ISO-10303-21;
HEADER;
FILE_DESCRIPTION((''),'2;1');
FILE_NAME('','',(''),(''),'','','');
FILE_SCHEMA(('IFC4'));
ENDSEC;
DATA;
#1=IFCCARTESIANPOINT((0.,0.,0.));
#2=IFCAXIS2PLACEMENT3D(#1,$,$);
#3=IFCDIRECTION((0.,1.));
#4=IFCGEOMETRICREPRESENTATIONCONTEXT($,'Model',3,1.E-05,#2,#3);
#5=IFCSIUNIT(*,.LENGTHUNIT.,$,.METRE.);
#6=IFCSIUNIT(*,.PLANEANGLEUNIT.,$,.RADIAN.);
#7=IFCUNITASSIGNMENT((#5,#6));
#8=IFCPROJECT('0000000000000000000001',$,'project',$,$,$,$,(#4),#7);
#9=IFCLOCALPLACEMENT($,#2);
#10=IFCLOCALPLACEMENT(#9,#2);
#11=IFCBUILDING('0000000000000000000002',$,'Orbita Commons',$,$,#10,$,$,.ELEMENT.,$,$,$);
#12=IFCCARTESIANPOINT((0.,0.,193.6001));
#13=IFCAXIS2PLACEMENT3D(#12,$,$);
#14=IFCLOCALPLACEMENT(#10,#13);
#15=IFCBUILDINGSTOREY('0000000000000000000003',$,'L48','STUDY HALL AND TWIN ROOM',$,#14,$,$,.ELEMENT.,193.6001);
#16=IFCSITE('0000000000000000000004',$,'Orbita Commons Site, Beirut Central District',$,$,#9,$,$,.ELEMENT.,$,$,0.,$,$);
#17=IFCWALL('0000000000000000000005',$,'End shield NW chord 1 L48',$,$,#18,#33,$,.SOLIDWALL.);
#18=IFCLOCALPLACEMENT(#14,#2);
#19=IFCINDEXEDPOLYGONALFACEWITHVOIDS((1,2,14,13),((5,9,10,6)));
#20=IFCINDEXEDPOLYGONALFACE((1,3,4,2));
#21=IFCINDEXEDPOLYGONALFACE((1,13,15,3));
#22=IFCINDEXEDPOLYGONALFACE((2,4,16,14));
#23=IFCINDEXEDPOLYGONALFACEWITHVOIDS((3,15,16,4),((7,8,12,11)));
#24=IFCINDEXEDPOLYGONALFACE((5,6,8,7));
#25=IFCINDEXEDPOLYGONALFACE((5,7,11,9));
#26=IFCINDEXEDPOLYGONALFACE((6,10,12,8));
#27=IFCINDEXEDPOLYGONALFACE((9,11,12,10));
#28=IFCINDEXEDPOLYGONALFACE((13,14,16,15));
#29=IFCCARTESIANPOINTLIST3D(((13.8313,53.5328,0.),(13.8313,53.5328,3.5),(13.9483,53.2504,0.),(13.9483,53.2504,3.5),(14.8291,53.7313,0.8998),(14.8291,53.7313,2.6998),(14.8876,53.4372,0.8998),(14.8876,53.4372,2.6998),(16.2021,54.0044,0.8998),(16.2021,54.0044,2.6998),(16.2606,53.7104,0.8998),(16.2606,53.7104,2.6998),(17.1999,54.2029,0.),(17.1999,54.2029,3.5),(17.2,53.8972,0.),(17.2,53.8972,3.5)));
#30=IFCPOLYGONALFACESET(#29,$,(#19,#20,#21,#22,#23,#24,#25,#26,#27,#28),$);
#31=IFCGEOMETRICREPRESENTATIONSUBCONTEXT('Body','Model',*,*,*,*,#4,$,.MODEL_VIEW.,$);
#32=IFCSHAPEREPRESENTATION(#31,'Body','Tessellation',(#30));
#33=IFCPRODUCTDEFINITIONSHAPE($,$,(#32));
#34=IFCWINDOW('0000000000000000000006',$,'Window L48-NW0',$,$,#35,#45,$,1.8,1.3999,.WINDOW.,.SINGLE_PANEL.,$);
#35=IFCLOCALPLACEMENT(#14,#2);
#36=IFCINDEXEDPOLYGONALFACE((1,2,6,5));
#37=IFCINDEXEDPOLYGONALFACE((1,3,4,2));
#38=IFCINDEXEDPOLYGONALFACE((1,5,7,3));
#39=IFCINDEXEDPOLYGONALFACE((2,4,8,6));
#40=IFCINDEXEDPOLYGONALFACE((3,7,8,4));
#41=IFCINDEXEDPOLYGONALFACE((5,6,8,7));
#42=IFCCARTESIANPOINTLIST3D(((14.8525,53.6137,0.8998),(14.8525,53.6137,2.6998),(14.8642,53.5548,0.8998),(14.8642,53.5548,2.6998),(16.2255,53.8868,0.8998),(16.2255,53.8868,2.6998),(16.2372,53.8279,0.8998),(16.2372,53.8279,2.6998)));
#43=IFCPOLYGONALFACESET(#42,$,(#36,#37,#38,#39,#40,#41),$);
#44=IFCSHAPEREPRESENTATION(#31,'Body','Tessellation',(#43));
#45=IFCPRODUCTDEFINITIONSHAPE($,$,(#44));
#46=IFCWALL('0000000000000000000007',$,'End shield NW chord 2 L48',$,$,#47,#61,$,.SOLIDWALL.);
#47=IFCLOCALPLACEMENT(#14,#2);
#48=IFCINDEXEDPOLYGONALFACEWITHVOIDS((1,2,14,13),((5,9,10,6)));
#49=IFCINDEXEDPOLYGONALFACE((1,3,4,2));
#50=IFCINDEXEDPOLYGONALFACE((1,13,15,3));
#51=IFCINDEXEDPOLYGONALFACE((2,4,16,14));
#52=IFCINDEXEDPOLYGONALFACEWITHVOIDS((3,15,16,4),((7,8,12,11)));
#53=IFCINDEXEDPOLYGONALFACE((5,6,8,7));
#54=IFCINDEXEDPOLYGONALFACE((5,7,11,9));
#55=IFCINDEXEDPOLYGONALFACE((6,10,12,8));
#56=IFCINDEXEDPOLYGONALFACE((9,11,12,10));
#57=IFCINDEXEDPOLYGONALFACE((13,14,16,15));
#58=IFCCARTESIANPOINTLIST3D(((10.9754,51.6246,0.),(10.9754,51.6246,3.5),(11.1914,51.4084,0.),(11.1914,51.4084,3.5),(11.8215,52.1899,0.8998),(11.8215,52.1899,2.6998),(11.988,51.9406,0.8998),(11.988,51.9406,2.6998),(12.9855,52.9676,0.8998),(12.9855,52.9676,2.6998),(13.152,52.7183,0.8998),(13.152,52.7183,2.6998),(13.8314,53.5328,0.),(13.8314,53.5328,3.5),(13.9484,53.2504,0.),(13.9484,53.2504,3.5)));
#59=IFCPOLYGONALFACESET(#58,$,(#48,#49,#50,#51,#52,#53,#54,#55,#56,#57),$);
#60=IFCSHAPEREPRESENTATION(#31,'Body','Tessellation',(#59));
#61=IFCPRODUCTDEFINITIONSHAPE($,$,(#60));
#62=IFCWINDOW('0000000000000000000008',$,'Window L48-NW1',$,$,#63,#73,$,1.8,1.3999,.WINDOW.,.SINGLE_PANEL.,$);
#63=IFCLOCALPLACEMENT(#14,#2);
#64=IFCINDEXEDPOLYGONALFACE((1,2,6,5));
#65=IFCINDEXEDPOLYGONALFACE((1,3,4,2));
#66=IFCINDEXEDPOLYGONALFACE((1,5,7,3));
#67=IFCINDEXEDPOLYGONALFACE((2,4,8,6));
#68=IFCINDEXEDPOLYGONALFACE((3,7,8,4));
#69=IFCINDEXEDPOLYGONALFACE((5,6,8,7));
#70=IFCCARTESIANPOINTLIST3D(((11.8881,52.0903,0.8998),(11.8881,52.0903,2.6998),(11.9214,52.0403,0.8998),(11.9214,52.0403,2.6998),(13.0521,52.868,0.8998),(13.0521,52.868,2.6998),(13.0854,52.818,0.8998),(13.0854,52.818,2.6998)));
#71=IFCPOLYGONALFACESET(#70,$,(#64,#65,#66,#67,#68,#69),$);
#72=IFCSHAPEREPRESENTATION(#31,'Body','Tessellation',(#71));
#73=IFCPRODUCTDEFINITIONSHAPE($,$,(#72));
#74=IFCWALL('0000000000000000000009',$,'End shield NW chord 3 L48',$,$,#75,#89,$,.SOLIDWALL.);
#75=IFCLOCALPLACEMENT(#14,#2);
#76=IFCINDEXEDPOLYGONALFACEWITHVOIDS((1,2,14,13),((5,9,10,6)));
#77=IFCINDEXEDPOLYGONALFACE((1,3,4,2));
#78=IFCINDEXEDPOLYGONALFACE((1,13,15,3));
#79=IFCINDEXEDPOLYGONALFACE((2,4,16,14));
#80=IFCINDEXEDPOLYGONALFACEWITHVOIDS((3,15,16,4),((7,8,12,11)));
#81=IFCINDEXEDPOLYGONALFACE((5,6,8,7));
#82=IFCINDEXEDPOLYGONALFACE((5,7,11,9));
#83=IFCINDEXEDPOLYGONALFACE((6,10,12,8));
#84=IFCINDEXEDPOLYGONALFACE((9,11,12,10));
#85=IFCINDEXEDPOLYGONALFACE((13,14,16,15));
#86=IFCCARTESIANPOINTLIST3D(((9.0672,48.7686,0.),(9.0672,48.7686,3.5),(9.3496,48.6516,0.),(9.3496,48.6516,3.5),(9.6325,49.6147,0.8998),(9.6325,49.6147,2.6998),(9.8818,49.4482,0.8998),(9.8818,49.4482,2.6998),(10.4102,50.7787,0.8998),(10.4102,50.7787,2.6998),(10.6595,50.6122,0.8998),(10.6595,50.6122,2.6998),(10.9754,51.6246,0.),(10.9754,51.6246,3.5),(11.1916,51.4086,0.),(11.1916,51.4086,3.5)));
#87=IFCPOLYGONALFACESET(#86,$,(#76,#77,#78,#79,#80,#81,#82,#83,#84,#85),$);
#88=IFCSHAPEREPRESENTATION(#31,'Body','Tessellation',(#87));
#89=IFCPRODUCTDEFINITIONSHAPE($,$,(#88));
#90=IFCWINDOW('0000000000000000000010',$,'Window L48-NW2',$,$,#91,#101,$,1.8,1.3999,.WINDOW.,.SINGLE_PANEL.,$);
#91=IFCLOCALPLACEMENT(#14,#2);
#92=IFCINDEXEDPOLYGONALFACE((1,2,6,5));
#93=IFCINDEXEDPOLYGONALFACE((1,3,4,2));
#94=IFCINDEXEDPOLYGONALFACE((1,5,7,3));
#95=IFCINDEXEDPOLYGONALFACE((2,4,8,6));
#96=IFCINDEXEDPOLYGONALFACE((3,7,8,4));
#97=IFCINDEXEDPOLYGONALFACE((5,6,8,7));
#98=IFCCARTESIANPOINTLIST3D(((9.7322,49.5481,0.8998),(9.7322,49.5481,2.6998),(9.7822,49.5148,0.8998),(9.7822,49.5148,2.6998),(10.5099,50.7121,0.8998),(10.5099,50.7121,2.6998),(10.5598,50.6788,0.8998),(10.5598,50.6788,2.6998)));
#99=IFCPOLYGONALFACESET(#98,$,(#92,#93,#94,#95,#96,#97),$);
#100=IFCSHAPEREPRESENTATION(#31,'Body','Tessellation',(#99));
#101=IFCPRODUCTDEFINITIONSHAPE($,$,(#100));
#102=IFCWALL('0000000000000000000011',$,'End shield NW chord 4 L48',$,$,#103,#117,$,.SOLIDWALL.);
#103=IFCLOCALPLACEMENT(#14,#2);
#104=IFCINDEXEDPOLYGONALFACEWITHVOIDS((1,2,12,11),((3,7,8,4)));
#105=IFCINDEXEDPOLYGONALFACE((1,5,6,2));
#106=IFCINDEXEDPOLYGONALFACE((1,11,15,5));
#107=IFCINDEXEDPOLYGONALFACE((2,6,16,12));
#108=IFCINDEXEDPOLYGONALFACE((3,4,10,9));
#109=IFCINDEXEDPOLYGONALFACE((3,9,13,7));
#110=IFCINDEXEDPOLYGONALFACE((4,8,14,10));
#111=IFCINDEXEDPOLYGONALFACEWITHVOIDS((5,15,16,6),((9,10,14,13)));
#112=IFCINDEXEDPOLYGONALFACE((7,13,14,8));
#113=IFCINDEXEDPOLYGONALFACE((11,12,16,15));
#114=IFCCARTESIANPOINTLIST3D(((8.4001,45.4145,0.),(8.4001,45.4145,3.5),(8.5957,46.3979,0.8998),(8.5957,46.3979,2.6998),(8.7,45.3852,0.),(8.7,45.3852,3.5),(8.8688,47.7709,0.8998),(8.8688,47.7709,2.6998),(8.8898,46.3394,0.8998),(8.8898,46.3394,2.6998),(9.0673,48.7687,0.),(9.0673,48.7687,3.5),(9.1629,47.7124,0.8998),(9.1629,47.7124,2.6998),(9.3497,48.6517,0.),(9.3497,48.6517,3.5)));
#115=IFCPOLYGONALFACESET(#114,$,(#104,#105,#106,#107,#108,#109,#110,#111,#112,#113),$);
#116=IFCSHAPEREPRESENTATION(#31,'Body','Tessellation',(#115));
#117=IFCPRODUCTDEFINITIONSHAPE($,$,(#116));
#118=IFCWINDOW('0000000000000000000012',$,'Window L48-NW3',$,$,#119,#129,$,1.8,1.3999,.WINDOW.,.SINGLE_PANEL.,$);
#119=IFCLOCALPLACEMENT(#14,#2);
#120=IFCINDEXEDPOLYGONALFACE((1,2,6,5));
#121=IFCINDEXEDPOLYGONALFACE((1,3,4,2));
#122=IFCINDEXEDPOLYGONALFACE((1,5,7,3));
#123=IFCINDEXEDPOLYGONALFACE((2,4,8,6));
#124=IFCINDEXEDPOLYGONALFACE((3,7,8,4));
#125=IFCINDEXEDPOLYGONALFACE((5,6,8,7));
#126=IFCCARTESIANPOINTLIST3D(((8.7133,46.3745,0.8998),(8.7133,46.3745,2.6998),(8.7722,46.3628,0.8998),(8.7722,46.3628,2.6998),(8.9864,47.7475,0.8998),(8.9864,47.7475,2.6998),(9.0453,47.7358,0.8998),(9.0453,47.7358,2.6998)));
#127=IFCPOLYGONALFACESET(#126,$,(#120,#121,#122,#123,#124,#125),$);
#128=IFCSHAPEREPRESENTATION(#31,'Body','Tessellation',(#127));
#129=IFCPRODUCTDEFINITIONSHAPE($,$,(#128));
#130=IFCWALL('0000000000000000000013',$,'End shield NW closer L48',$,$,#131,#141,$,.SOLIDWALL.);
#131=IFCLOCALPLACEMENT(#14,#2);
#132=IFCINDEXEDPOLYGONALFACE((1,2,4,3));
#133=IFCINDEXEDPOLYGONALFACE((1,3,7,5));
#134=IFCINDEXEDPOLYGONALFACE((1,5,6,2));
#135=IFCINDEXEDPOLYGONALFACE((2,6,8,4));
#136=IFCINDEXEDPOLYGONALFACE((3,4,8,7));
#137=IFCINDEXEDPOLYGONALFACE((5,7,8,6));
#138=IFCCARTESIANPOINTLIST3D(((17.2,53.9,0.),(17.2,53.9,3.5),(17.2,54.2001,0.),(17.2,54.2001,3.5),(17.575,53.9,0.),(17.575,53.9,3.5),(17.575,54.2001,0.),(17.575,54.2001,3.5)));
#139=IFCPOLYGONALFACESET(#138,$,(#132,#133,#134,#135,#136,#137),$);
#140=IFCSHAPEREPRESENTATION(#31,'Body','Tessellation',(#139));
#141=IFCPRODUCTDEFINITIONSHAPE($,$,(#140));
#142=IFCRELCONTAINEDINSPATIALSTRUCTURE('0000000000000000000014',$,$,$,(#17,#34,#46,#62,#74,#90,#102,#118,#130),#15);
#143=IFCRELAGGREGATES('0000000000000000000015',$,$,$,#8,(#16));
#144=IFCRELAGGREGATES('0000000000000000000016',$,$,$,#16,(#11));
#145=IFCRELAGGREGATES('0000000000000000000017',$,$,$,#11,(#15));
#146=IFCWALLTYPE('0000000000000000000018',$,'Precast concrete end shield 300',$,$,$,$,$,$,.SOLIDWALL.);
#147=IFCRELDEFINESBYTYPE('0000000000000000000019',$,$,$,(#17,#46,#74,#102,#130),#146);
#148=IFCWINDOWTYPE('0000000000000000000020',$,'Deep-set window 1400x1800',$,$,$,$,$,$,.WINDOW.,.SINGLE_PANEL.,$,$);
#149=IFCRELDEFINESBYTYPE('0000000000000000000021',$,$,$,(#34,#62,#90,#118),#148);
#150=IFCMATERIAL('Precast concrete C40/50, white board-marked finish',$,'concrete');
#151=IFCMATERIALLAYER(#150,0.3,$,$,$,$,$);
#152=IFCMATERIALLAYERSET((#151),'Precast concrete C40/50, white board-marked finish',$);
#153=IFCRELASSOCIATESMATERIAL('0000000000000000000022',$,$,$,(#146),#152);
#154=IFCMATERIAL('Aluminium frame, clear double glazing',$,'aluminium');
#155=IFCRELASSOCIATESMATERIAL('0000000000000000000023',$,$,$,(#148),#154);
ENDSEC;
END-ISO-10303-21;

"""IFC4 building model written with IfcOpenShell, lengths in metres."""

from ifc_helpers import new_model, si_unit, direction, frame, frame_2d, origin, place, context, subcontext, project, spatial, polyline, rectangle, outline, extrude, material, layer, layer_set, type_object, element, fill, save


model = new_model("IFC4")

# Units and contexts
model_context = context("Model", 3, precision=1e-05, world=origin(), true_north=direction((0.0, 1.0)))
body_context = subcontext(model_context, "Body", "Model", "MODEL_VIEW")
ifc_project = project(units=[si_unit("LENGTHUNIT", "METRE"), si_unit("PLANEANGLEUNIT", "RADIAN")], contexts=[model_context])

# Site, building, storey
site_placement = place(None, origin())
site = spatial("IfcSite", under=ifc_project, at=site_placement, Name="Orbita Commons Site, Beirut Central District", CompositionType="ELEMENT", RefElevation=0.0)
building_placement = place(site_placement, origin())
building = spatial("IfcBuilding", under=site, at=building_placement, Name="Orbita Commons", CompositionType="ELEMENT")
storey_placement = place(building_placement, frame((0.0, 0.0, 193.6001)))
storey = spatial("IfcBuildingStorey", under=building, at=storey_placement, Name="L48", Description="STUDY HALL AND TWIN ROOM", CompositionType="ELEMENT", Elevation=193.6001)

# Walls, openings, windows
ifc_material_1 = material(Name="Precast concrete C40/50, white board-marked finish", Category="concrete")
ifc_layer_1 = layer(ifc_material_1, 0.3)
ifc_layer_set_1 = layer_set([ifc_layer_1], Name="Precast concrete C40/50, white board-marked finish")
wall_type_1 = type_object("IfcWallType", Name="Precast concrete end shield 300", PredefinedType="SOLIDWALL", material=ifc_layer_set_1)
wall_1_placement = place(storey_placement, frame((17.2, 54.05, 0.0), z_axis=(0.0, 0.0, 1.0), x_axis=(-0.980783, -0.1951, 0.0)))
wall_1 = element("IfcWall", 1, at=wall_1_placement, inside=storey, type_object=wall_type_1, Name="End shield NW chord 1 L48", PredefinedType="SOLIDWALL", context=body_context, shape_type="SweptSolid", body=[
    extrude(outline(polyline([(-0.0298, -0.1499), (3.4048, -0.1499), (3.3452, 0.1499), (0.0298, 0.1499), (-0.0298, -0.1499)])), origin(), (0.0, 0.0, 1.0), 3.5),
])
opening_1_placement = place(wall_1_placement, frame((0.9875, 0.0, 0.8999)))
opening_1 = element("IfcOpeningElement", 2, at=opening_1_placement, cuts=wall_1, PredefinedType="OPENING", context=body_context, shape_type="SweptSolid", body=[
    extrude(rectangle(XDim=1.3999, YDim=1.8, at=frame_2d((0.7, 0.8999))), frame((0.0, 0.1599, 0.0), z_axis=(0.0, -1.0, 0.0), x_axis=(1.0, 0.0, 0.0)), (0.0, 0.0, 1.0), 0.3201),
])
ifc_material_2 = material(Name="Aluminium frame, clear double glazing", Category="aluminium")
window_type = type_object("IfcWindowType", Name="Deep-set window 1400x1800", PartitioningType="SINGLE_PANEL", PredefinedType="WINDOW", material=ifc_material_2)
window_1_placement = place(opening_1_placement, origin())
window_1 = element("IfcWindow", 3, at=window_1_placement, inside=storey, type_object=window_type, Name="Window L48-NW0", OverallHeight=1.8, OverallWidth=1.3999, PartitioningType="SINGLE_PANEL", PredefinedType="WINDOW", context=body_context, shape_type="SweptSolid", body=[
    extrude(rectangle(XDim=1.3999, YDim=1.8, at=frame_2d((0.7, 0.8999))), frame((0.0, 0.03, 0.0), z_axis=(0.0, -1.0, 0.0), x_axis=(1.0, 0.0, 0.0)), (0.0, 0.0, 1.0), 0.0601),
])
fill(opening_1, window_1)
wall_2_placement = place(storey_placement, frame((13.8899, 53.3916, 0.0), z_axis=(0.0, 0.0, 1.0), x_axis=(-0.831493, -0.555535, 0.0)))
wall_2 = element("IfcWall", 4, at=wall_2_placement, inside=storey, type_object=wall_type_1, Name="End shield NW chord 2 L48", PredefinedType="SOLIDWALL", context=body_context, shape_type="SweptSolid", body=[
    extrude(outline(polyline([(-0.0298, -0.1499), (3.405, -0.1499), (3.3455, 0.1499), (0.0298, 0.1499), (-0.0298, -0.1499)])), origin(), (0.0, 0.0, 1.0), 3.5),
])
opening_2_placement = place(wall_2_placement, frame((0.9875, 0.0, 0.8999)))
opening_2 = element("IfcOpeningElement", 5, at=opening_2_placement, cuts=wall_2, PredefinedType="OPENING", context=body_context, shape_type="SweptSolid", body=[
    extrude(rectangle(XDim=1.3999, YDim=1.8, at=frame_2d((0.7, 0.8999))), frame((0.0, 0.1599, 0.0), z_axis=(0.0, -1.0, 0.0), x_axis=(1.0, 0.0, 0.0)), (0.0, 0.0, 1.0), 0.3201),
])
window_2_placement = place(opening_2_placement, origin())
window_2 = element("IfcWindow", 6, at=window_2_placement, inside=storey, type_object=window_type, Name="Window L48-NW1", OverallHeight=1.8, OverallWidth=1.3999, PartitioningType="SINGLE_PANEL", PredefinedType="WINDOW", context=body_context, shape_type="SweptSolid", body=[
    extrude(rectangle(XDim=1.3999, YDim=1.8, at=frame_2d((0.7, 0.8999))), frame((0.0, 0.03, 0.0), z_axis=(0.0, -1.0, 0.0), x_axis=(1.0, 0.0, 0.0)), (0.0, 0.0, 1.0), 0.0601),
])
fill(opening_2, window_2)
wall_3_placement = place(storey_placement, frame((11.0835, 51.5166, 0.0), z_axis=(0.0, 0.0, 1.0), x_axis=(-0.555535, -0.831493, 0.0)))
wall_3 = element("IfcWall", 7, at=wall_3_placement, inside=storey, type_object=wall_type_1, Name="End shield NW chord 3 L48", PredefinedType="SOLIDWALL", context=body_context, shape_type="SweptSolid", body=[
    extrude(outline(polyline([(-0.0298, -0.1499), (3.405, -0.1499), (3.3455, 0.1499), (0.0298, 0.1499), (-0.0298, -0.1499)])), origin(), (0.0, 0.0, 1.0), 3.5),
])
opening_3_placement = place(wall_3_placement, frame((0.9875, 0.0, 0.8999)))
opening_3 = element("IfcOpeningElement", 8, at=opening_3_placement, cuts=wall_3, PredefinedType="OPENING", context=body_context, shape_type="SweptSolid", body=[
    extrude(rectangle(XDim=1.3999, YDim=1.8, at=frame_2d((0.7, 0.8999))), frame((0.0, 0.1599, 0.0), z_axis=(0.0, -1.0, 0.0), x_axis=(1.0, 0.0, 0.0)), (0.0, 0.0, 1.0), 0.3201),
])
window_3_placement = place(opening_3_placement, origin())
window_3 = element("IfcWindow", 9, at=window_3_placement, inside=storey, type_object=window_type, Name="Window L48-NW2", OverallHeight=1.8, OverallWidth=1.3999, PartitioningType="SINGLE_PANEL", PredefinedType="WINDOW", context=body_context, shape_type="SweptSolid", body=[
    extrude(rectangle(XDim=1.3999, YDim=1.8, at=frame_2d((0.7, 0.8999))), frame((0.0, 0.03, 0.0), z_axis=(0.0, -1.0, 0.0), x_axis=(1.0, 0.0, 0.0)), (0.0, 0.0, 1.0), 0.0601),
])
fill(opening_3, window_3)
wall_4_placement = place(storey_placement, frame((9.2085, 48.7102, 0.0), z_axis=(0.0, 0.0, 1.0), x_axis=(-0.195087, -0.980786, 0.0)))
wall_4 = element("IfcWall", 10, at=wall_4_placement, inside=storey, type_object=wall_type_1, Name="End shield NW chord 4 L48", PredefinedType="SOLIDWALL", context=body_context, shape_type="SweptSolid", body=[
    extrude(outline(polyline([(-0.0298, -0.1499), (3.3901, -0.1499), (3.3604, 0.1499), (0.0298, 0.1499), (-0.0298, -0.1499)])), origin(), (0.0, 0.0, 1.0), 3.5),
])
opening_4_placement = place(wall_4_placement, frame((0.9875, 0.0, 0.8999)))
opening_4 = element("IfcOpeningElement", 11, at=opening_4_placement, cuts=wall_4, PredefinedType="OPENING", context=body_context, shape_type="SweptSolid", body=[
    extrude(rectangle(XDim=1.3999, YDim=1.8, at=frame_2d((0.7, 0.8999))), frame((0.0, 0.1599, 0.0), z_axis=(0.0, -1.0, 0.0), x_axis=(1.0, 0.0, 0.0)), (0.0, 0.0, 1.0), 0.3201),
])
window_4_placement = place(opening_4_placement, origin())
window_4 = element("IfcWindow", 12, at=window_4_placement, inside=storey, type_object=window_type, Name="Window L48-NW3", OverallHeight=1.8, OverallWidth=1.3999, PartitioningType="SINGLE_PANEL", PredefinedType="WINDOW", context=body_context, shape_type="SweptSolid", body=[
    extrude(rectangle(XDim=1.3999, YDim=1.8, at=frame_2d((0.7, 0.8999))), frame((0.0, 0.03, 0.0), z_axis=(0.0, -1.0, 0.0), x_axis=(1.0, 0.0, 0.0)), (0.0, 0.0, 1.0), 0.0601),
])
fill(opening_4, window_4)

# Wall
wall_5_placement = place(storey_placement, frame((17.2, 54.05, 0.0), z_axis=(0.0, 0.0, 1.0), x_axis=(1.0, 0.0, 0.0)))
element("IfcWall", 13, at=wall_5_placement, inside=storey, type_object=wall_type_1, Name="End shield NW closer L48", PredefinedType="SOLIDWALL", context=body_context, shape_type="SweptSolid", body=[
    extrude(rectangle(XDim=0.375, YDim=0.3, at=frame_2d((0.1875, 0.0))), origin(), (0.0, 0.0, 1.0), 3.5),
])

save(model, "model.ifc")
